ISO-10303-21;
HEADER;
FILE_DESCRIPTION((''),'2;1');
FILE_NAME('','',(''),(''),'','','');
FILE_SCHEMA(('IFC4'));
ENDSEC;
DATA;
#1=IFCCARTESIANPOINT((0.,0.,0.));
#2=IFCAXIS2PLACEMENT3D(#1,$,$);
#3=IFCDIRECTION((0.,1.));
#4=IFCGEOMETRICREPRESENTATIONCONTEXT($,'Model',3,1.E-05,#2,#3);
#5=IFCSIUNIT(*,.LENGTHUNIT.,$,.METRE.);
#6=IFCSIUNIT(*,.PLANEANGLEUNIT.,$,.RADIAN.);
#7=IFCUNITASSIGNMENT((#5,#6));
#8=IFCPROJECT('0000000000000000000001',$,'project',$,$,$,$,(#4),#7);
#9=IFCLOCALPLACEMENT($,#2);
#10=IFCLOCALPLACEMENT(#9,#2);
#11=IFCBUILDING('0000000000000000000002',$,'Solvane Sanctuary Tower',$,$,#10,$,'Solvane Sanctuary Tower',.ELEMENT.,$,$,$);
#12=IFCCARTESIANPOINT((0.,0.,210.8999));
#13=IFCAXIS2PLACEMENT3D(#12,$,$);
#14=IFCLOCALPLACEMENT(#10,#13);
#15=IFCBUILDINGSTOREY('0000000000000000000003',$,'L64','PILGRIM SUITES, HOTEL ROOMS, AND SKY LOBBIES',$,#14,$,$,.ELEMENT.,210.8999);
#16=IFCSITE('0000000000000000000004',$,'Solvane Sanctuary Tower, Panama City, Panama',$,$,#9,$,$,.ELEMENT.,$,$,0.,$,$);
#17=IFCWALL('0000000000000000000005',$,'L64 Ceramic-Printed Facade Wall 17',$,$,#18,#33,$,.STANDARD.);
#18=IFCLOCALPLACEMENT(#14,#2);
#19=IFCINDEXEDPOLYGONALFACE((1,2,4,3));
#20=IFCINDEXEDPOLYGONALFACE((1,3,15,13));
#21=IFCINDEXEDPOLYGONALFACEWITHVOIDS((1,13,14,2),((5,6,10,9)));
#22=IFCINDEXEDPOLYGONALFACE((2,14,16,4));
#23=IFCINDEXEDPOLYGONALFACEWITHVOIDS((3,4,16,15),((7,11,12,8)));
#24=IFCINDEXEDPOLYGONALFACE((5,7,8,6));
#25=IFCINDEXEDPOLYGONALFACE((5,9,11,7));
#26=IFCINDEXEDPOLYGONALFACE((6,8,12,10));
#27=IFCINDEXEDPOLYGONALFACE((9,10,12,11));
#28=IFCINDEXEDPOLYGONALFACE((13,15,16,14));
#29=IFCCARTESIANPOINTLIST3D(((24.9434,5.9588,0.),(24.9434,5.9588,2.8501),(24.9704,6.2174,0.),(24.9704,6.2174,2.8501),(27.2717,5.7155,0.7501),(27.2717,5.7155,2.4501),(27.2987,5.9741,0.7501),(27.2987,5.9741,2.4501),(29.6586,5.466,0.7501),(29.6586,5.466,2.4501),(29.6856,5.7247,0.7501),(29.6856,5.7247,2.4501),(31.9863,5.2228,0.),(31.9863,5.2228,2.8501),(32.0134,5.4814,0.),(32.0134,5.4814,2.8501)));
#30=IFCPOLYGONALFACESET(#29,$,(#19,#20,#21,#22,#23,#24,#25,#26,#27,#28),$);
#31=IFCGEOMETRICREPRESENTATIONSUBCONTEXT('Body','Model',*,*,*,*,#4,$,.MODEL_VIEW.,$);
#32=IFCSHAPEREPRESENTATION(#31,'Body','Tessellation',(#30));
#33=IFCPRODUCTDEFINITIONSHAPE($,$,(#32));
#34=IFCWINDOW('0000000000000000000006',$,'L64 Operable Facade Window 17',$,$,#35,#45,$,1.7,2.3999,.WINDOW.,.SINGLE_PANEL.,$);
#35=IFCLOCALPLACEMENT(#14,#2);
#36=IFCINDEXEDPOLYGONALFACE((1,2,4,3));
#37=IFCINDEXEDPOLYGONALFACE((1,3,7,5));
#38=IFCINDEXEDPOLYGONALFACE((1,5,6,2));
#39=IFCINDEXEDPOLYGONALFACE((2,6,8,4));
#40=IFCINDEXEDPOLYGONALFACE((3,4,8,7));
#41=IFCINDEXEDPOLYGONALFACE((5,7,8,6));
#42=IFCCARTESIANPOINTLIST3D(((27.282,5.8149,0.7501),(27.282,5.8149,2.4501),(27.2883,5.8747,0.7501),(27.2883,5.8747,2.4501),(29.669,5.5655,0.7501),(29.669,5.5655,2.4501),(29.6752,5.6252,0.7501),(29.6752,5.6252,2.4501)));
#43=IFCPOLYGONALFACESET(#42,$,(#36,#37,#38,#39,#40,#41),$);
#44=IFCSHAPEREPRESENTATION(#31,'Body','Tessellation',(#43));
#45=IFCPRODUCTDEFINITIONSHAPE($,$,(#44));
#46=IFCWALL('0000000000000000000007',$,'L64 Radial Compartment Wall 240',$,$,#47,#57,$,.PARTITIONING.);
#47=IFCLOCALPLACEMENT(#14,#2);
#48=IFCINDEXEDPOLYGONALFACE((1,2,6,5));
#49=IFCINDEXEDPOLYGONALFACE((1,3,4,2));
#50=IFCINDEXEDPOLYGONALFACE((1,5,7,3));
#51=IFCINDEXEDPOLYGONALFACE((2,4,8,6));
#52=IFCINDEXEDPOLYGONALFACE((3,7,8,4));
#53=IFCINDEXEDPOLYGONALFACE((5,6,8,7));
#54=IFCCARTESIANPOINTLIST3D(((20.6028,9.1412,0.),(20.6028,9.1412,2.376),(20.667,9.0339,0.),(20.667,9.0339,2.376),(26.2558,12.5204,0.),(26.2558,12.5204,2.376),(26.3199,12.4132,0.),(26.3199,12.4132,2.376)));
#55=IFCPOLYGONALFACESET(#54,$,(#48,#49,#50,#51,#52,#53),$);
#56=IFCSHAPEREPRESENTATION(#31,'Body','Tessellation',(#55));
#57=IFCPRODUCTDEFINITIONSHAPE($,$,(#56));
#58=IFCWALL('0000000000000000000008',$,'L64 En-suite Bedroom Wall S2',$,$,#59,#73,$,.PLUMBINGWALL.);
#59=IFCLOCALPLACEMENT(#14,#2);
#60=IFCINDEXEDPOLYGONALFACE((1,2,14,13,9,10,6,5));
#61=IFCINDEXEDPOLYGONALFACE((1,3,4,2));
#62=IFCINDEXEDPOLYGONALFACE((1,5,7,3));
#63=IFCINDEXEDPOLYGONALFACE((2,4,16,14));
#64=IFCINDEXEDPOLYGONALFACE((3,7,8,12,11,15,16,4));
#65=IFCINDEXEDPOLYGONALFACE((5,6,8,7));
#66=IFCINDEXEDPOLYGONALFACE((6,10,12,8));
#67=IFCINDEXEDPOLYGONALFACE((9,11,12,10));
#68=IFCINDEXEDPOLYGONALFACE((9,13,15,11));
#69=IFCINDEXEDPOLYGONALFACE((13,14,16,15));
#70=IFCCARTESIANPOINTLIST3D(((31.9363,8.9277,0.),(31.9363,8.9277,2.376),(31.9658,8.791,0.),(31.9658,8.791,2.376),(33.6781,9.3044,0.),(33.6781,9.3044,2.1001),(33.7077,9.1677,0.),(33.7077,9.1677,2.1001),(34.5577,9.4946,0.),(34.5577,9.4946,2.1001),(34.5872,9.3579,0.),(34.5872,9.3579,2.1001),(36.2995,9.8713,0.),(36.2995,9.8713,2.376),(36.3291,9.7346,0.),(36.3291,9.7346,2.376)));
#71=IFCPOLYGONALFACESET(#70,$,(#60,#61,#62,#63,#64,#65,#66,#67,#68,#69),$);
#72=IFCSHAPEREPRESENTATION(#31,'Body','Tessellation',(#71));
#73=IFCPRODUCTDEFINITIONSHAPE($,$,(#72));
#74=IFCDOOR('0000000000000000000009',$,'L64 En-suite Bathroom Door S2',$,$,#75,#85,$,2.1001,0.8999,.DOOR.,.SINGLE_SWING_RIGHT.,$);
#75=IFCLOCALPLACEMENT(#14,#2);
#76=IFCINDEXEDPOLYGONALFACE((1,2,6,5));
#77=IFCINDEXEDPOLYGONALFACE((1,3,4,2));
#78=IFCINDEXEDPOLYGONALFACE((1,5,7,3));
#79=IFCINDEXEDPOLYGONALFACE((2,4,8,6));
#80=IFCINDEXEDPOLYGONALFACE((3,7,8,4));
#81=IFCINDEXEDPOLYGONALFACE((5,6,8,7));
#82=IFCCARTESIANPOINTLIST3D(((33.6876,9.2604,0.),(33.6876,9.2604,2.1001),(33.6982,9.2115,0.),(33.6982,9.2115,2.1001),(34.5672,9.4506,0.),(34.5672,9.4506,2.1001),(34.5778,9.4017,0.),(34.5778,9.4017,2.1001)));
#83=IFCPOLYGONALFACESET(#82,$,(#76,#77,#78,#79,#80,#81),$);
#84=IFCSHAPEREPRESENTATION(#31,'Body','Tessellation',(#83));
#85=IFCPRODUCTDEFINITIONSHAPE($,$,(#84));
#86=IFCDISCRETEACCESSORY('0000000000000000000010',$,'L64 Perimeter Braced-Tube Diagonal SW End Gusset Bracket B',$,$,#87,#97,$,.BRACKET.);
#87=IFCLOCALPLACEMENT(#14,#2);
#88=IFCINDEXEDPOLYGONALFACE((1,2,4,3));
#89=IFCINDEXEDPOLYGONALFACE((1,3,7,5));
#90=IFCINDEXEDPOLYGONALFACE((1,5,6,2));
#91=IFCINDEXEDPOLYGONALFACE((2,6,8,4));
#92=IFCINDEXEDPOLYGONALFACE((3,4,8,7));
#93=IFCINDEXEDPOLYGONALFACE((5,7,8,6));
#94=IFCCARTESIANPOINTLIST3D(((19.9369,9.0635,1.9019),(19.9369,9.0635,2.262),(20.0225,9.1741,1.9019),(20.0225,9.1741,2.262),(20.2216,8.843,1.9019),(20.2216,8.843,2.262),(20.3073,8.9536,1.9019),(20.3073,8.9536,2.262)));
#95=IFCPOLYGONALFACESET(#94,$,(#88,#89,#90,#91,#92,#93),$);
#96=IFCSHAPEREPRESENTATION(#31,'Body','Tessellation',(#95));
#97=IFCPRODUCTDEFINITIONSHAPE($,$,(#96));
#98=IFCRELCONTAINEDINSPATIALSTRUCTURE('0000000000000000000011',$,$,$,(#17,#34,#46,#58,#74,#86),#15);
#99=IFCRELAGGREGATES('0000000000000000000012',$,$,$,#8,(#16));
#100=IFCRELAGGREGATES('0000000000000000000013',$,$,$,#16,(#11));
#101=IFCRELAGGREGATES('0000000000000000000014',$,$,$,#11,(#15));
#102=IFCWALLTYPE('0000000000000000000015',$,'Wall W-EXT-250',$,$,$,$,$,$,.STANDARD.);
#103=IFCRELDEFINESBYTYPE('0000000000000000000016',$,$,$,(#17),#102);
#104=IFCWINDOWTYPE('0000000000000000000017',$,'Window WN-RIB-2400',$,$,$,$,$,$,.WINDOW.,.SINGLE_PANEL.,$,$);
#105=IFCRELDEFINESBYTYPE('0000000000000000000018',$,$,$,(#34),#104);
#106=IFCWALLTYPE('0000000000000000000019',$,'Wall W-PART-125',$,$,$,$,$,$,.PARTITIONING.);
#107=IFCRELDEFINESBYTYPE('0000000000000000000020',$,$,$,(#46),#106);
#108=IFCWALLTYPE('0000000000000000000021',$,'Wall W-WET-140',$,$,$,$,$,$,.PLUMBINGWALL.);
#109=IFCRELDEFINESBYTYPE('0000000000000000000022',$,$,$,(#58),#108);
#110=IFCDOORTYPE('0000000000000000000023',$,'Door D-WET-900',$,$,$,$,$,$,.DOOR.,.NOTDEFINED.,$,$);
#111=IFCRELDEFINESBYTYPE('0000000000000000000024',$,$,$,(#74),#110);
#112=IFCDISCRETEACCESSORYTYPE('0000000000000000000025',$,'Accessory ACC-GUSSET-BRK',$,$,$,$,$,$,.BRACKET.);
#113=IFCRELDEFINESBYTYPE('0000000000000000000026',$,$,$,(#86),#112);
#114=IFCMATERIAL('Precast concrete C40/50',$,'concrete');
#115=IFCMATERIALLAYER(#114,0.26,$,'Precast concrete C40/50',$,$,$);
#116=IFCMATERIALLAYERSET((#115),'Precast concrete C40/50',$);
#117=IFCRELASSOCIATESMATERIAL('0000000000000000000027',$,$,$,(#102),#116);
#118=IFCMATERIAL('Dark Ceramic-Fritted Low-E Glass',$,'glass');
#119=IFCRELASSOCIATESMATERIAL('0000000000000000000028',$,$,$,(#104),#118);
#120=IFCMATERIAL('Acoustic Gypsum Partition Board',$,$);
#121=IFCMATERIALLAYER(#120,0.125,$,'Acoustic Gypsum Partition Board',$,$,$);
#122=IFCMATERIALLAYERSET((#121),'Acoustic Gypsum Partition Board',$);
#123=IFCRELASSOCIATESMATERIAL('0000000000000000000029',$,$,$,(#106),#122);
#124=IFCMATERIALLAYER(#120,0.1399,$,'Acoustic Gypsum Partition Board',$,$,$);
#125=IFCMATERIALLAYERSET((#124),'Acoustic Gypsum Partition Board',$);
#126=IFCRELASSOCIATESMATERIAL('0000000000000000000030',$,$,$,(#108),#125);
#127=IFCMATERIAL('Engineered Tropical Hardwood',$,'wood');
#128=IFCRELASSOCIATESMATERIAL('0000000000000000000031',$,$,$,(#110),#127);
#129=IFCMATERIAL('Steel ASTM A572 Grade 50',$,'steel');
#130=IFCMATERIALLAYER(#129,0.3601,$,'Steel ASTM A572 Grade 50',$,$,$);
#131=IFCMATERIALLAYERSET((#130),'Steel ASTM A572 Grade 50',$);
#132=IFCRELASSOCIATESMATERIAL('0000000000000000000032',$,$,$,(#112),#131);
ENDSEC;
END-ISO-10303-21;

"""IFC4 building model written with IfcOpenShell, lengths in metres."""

from ifc_helpers import new_model, si_unit, direction, frame, frame_2d, origin, origin_2d, place, context, subcontext, project, spatial, rectangle, extrude, material, layer, layer_set, type_object, element, fill, save


model = new_model("IFC4")

# Units and contexts
model_context = context("Model", 3, precision=1e-05, world=origin(), true_north=direction((0.0, 1.0)))
body_context = subcontext(model_context, "Body", "Model", "MODEL_VIEW")
ifc_project = project(units=[si_unit("LENGTHUNIT", "METRE"), si_unit("PLANEANGLEUNIT", "RADIAN")], contexts=[model_context])

# Site, building, storey
site_placement = place(None, origin())
site = spatial("IfcSite", under=ifc_project, at=site_placement, Name="Solvane Sanctuary Tower, Panama City, Panama", CompositionType="ELEMENT", RefElevation=0.0)
building_placement = place(site_placement, origin())
building = spatial("IfcBuilding", under=site, at=building_placement, Name="Solvane Sanctuary Tower", LongName="Solvane Sanctuary Tower", CompositionType="ELEMENT")
storey_placement = place(building_placement, frame((0.0, 0.0, 210.8999)))
storey = spatial("IfcBuildingStorey", under=building, at=storey_placement, Name="L64", Description="PILGRIM SUITES, HOTEL ROOMS, AND SKY LOBBIES", CompositionType="ELEMENT", Elevation=210.8999)

# Shared definitions
ifc_material_1 = material(Name="Acoustic Gypsum Partition Board")

# Shared definitions
ifc_material_2 = material(Name="Engineered Tropical Hardwood", Category="wood")

# Wall, opening, window
ifc_material_3 = material(Name="Precast concrete C40/50", Category="concrete")
ifc_layer_1 = layer(ifc_material_3, 0.26, Name="Precast concrete C40/50")
ifc_layer_set_1 = layer_set([ifc_layer_1], Name="Precast concrete C40/50")
wall_type_1 = type_object("IfcWallType", Name="Wall W-EXT-250", PredefinedType="STANDARD", material=ifc_layer_set_1)
ifc_material_4 = material(Name="Dark Ceramic-Fritted Low-E Glass", Category="glass")
wall_1_placement = place(storey_placement, frame((24.957, 6.0881, 0.0), z_axis=(0.0, 0.0, 1.0), x_axis=(0.994583, -0.103947, 0.0)))
wall_1 = element("IfcWall", 1, at=wall_1_placement, inside=storey, type_object=wall_type_1, Name="L64 Ceramic-Printed Facade Wall 17", PredefinedType="STANDARD", context=body_context, shape_type="SweptSolid", body=[
    extrude(rectangle(XDim=7.0813, YDim=0.26, at=frame_2d((3.5405, 0.0))), origin(), (0.0, 0.0, 1.0), 2.8501),
])
opening_1_placement = place(wall_1_placement, frame((2.3408, 0.0, 0.75)))
opening_1 = element("IfcOpeningElement", 2, at=opening_1_placement, cuts=wall_1, PredefinedType="OPENING", context=body_context, shape_type="SweptSolid", body=[
    extrude(rectangle(XDim=2.3999, YDim=1.7, at=frame_2d((1.2, 0.8501))), frame((0.0, 0.1399, 0.0), z_axis=(0.0, -1.0, 0.0), x_axis=(1.0, 0.0, 0.0)), (0.0, 0.0, 1.0), 0.28),
])
window_type_1 = type_object("IfcWindowType", Name="Window WN-RIB-2400", PartitioningType="SINGLE_PANEL", PredefinedType="WINDOW", material=ifc_material_4)
window_1_placement = place(opening_1_placement, origin())
window_1 = element("IfcWindow", 3, at=window_1_placement, inside=storey, type_object=window_type_1, Name="L64 Operable Facade Window 17", OverallHeight=1.7, OverallWidth=2.3999, PartitioningType="SINGLE_PANEL", PredefinedType="WINDOW", context=body_context, shape_type="SweptSolid", body=[
    extrude(rectangle(XDim=2.3999, YDim=1.7, at=frame_2d((1.2, 0.8501))), frame((0.0, 0.03, 0.0), z_axis=(0.0, -1.0, 0.0), x_axis=(1.0, 0.0, 0.0)), (0.0, 0.0, 1.0), 0.0601),
])
fill(opening_1, window_1)

# Wall
ifc_layer_2 = layer(ifc_material_1, 0.125, Name="Acoustic Gypsum Partition Board")
ifc_layer_set_2 = layer_set([ifc_layer_2], Name="Acoustic Gypsum Partition Board")
wall_type_2 = type_object("IfcWallType", Name="Wall W-PART-125", PredefinedType="PARTITIONING", material=ifc_layer_set_2)
wall_2_placement = place(storey_placement, frame((26.2878, 12.4668, 0.0), z_axis=(0.0, 0.0, 1.0), x_axis=(-0.858332, -0.513094, 0.0)))
element("IfcWall", 4, at=wall_2_placement, inside=storey, type_object=wall_type_2, Name="L64 Radial Compartment Wall 240", PredefinedType="PARTITIONING", context=body_context, shape_type="SweptSolid", body=[
    extrude(rectangle(XDim=6.5859, YDim=0.125, at=frame_2d((3.293, 0.0))), origin(), (0.0, 0.0, 1.0), 2.376),
])

# Wall, opening, door
ifc_layer_3 = layer(ifc_material_1, 0.1399, Name="Acoustic Gypsum Partition Board")
ifc_layer_set_3 = layer_set([ifc_layer_3], Name="Acoustic Gypsum Partition Board")
wall_type_3 = type_object("IfcWallType", Name="Wall W-WET-140", PredefinedType="PLUMBINGWALL", material=ifc_layer_set_3)
wall_3_placement = place(storey_placement, frame((31.9512, 8.8594, 0.0), z_axis=(0.0, 0.0, 1.0), x_axis=(0.977405, 0.211374, 0.0)))
wall_3 = element("IfcWall", 5, at=wall_3_placement, inside=storey, type_object=wall_type_3, Name="L64 En-suite Bedroom Wall S2", PredefinedType="PLUMBINGWALL", context=body_context, shape_type="SweptSolid", body=[
    extrude(rectangle(XDim=4.4641, YDim=0.1399, at=frame_2d((2.2319, 0.0))), origin(), (0.0, 0.0, 1.0), 2.376),
])
opening_2_placement = place(wall_3_placement, frame((1.782, 0.0, 0.0)))
opening_2 = element("IfcOpeningElement", 6, at=opening_2_placement, cuts=wall_3, PredefinedType="OPENING", context=body_context, shape_type="SweptSolid", body=[
    extrude(rectangle(XDim=0.8999, YDim=2.1001, at=frame_2d((0.45, 1.05))), frame((0.0, 0.0798, 0.0), z_axis=(0.0, -1.0, 0.0), x_axis=(1.0, 0.0, 0.0)), (0.0, 0.0, 1.0), 0.1599),
])
door_type_1 = type_object("IfcDoorType", Name="Door D-WET-900", OperationType="NOTDEFINED", PredefinedType="DOOR", material=ifc_material_2)
door_1_placement = place(opening_2_placement, origin())
door_1 = element("IfcDoor", 7, at=door_1_placement, inside=storey, type_object=door_type_1, Name="L64 En-suite Bathroom Door S2", OperationType="SINGLE_SWING_RIGHT", OverallHeight=2.1001, OverallWidth=0.8999, PredefinedType="DOOR", context=body_context, shape_type="SweptSolid", body=[
    extrude(rectangle(XDim=0.8999, YDim=2.1001, at=frame_2d((0.45, 1.05))), frame((0.0, 0.0249, 0.0), z_axis=(0.0, -1.0, 0.0), x_axis=(1.0, 0.0, 0.0)), (0.0, 0.0, 1.0), 0.05),
])
fill(opening_2, door_1)

# Discrete accessory
ifc_material_5 = material(Name="Steel ASTM A572 Grade 50", Category="steel")
ifc_layer_4 = layer(ifc_material_5, 0.3601, Name="Steel ASTM A572 Grade 50")
ifc_layer_set_4 = layer_set([ifc_layer_4], Name="Steel ASTM A572 Grade 50")
discrete_accessory_type = type_object("IfcDiscreteAccessoryType", Name="Accessory ACC-GUSSET-BRK", PredefinedType="BRACKET", material=ifc_layer_set_4)
discrete_accessory_placement = place(storey_placement, frame((20.1221, 9.0085, 1.9019), z_axis=(0.0, 0.0, 1.0), x_axis=(0.79069, -0.612217, 0.0)))
element("IfcDiscreteAccessory", 8, at=discrete_accessory_placement, inside=storey, type_object=discrete_accessory_type, Name="L64 Perimeter Braced-Tube Diagonal SW End Gusset Bracket B", PredefinedType="BRACKET", context=body_context, shape_type="SweptSolid", body=[
    extrude(rectangle(XDim=0.3601, YDim=0.1399, at=origin_2d()), origin(), (0.0, 0.0, 1.0), 0.3601),
])

save(model, "model.ifc")
